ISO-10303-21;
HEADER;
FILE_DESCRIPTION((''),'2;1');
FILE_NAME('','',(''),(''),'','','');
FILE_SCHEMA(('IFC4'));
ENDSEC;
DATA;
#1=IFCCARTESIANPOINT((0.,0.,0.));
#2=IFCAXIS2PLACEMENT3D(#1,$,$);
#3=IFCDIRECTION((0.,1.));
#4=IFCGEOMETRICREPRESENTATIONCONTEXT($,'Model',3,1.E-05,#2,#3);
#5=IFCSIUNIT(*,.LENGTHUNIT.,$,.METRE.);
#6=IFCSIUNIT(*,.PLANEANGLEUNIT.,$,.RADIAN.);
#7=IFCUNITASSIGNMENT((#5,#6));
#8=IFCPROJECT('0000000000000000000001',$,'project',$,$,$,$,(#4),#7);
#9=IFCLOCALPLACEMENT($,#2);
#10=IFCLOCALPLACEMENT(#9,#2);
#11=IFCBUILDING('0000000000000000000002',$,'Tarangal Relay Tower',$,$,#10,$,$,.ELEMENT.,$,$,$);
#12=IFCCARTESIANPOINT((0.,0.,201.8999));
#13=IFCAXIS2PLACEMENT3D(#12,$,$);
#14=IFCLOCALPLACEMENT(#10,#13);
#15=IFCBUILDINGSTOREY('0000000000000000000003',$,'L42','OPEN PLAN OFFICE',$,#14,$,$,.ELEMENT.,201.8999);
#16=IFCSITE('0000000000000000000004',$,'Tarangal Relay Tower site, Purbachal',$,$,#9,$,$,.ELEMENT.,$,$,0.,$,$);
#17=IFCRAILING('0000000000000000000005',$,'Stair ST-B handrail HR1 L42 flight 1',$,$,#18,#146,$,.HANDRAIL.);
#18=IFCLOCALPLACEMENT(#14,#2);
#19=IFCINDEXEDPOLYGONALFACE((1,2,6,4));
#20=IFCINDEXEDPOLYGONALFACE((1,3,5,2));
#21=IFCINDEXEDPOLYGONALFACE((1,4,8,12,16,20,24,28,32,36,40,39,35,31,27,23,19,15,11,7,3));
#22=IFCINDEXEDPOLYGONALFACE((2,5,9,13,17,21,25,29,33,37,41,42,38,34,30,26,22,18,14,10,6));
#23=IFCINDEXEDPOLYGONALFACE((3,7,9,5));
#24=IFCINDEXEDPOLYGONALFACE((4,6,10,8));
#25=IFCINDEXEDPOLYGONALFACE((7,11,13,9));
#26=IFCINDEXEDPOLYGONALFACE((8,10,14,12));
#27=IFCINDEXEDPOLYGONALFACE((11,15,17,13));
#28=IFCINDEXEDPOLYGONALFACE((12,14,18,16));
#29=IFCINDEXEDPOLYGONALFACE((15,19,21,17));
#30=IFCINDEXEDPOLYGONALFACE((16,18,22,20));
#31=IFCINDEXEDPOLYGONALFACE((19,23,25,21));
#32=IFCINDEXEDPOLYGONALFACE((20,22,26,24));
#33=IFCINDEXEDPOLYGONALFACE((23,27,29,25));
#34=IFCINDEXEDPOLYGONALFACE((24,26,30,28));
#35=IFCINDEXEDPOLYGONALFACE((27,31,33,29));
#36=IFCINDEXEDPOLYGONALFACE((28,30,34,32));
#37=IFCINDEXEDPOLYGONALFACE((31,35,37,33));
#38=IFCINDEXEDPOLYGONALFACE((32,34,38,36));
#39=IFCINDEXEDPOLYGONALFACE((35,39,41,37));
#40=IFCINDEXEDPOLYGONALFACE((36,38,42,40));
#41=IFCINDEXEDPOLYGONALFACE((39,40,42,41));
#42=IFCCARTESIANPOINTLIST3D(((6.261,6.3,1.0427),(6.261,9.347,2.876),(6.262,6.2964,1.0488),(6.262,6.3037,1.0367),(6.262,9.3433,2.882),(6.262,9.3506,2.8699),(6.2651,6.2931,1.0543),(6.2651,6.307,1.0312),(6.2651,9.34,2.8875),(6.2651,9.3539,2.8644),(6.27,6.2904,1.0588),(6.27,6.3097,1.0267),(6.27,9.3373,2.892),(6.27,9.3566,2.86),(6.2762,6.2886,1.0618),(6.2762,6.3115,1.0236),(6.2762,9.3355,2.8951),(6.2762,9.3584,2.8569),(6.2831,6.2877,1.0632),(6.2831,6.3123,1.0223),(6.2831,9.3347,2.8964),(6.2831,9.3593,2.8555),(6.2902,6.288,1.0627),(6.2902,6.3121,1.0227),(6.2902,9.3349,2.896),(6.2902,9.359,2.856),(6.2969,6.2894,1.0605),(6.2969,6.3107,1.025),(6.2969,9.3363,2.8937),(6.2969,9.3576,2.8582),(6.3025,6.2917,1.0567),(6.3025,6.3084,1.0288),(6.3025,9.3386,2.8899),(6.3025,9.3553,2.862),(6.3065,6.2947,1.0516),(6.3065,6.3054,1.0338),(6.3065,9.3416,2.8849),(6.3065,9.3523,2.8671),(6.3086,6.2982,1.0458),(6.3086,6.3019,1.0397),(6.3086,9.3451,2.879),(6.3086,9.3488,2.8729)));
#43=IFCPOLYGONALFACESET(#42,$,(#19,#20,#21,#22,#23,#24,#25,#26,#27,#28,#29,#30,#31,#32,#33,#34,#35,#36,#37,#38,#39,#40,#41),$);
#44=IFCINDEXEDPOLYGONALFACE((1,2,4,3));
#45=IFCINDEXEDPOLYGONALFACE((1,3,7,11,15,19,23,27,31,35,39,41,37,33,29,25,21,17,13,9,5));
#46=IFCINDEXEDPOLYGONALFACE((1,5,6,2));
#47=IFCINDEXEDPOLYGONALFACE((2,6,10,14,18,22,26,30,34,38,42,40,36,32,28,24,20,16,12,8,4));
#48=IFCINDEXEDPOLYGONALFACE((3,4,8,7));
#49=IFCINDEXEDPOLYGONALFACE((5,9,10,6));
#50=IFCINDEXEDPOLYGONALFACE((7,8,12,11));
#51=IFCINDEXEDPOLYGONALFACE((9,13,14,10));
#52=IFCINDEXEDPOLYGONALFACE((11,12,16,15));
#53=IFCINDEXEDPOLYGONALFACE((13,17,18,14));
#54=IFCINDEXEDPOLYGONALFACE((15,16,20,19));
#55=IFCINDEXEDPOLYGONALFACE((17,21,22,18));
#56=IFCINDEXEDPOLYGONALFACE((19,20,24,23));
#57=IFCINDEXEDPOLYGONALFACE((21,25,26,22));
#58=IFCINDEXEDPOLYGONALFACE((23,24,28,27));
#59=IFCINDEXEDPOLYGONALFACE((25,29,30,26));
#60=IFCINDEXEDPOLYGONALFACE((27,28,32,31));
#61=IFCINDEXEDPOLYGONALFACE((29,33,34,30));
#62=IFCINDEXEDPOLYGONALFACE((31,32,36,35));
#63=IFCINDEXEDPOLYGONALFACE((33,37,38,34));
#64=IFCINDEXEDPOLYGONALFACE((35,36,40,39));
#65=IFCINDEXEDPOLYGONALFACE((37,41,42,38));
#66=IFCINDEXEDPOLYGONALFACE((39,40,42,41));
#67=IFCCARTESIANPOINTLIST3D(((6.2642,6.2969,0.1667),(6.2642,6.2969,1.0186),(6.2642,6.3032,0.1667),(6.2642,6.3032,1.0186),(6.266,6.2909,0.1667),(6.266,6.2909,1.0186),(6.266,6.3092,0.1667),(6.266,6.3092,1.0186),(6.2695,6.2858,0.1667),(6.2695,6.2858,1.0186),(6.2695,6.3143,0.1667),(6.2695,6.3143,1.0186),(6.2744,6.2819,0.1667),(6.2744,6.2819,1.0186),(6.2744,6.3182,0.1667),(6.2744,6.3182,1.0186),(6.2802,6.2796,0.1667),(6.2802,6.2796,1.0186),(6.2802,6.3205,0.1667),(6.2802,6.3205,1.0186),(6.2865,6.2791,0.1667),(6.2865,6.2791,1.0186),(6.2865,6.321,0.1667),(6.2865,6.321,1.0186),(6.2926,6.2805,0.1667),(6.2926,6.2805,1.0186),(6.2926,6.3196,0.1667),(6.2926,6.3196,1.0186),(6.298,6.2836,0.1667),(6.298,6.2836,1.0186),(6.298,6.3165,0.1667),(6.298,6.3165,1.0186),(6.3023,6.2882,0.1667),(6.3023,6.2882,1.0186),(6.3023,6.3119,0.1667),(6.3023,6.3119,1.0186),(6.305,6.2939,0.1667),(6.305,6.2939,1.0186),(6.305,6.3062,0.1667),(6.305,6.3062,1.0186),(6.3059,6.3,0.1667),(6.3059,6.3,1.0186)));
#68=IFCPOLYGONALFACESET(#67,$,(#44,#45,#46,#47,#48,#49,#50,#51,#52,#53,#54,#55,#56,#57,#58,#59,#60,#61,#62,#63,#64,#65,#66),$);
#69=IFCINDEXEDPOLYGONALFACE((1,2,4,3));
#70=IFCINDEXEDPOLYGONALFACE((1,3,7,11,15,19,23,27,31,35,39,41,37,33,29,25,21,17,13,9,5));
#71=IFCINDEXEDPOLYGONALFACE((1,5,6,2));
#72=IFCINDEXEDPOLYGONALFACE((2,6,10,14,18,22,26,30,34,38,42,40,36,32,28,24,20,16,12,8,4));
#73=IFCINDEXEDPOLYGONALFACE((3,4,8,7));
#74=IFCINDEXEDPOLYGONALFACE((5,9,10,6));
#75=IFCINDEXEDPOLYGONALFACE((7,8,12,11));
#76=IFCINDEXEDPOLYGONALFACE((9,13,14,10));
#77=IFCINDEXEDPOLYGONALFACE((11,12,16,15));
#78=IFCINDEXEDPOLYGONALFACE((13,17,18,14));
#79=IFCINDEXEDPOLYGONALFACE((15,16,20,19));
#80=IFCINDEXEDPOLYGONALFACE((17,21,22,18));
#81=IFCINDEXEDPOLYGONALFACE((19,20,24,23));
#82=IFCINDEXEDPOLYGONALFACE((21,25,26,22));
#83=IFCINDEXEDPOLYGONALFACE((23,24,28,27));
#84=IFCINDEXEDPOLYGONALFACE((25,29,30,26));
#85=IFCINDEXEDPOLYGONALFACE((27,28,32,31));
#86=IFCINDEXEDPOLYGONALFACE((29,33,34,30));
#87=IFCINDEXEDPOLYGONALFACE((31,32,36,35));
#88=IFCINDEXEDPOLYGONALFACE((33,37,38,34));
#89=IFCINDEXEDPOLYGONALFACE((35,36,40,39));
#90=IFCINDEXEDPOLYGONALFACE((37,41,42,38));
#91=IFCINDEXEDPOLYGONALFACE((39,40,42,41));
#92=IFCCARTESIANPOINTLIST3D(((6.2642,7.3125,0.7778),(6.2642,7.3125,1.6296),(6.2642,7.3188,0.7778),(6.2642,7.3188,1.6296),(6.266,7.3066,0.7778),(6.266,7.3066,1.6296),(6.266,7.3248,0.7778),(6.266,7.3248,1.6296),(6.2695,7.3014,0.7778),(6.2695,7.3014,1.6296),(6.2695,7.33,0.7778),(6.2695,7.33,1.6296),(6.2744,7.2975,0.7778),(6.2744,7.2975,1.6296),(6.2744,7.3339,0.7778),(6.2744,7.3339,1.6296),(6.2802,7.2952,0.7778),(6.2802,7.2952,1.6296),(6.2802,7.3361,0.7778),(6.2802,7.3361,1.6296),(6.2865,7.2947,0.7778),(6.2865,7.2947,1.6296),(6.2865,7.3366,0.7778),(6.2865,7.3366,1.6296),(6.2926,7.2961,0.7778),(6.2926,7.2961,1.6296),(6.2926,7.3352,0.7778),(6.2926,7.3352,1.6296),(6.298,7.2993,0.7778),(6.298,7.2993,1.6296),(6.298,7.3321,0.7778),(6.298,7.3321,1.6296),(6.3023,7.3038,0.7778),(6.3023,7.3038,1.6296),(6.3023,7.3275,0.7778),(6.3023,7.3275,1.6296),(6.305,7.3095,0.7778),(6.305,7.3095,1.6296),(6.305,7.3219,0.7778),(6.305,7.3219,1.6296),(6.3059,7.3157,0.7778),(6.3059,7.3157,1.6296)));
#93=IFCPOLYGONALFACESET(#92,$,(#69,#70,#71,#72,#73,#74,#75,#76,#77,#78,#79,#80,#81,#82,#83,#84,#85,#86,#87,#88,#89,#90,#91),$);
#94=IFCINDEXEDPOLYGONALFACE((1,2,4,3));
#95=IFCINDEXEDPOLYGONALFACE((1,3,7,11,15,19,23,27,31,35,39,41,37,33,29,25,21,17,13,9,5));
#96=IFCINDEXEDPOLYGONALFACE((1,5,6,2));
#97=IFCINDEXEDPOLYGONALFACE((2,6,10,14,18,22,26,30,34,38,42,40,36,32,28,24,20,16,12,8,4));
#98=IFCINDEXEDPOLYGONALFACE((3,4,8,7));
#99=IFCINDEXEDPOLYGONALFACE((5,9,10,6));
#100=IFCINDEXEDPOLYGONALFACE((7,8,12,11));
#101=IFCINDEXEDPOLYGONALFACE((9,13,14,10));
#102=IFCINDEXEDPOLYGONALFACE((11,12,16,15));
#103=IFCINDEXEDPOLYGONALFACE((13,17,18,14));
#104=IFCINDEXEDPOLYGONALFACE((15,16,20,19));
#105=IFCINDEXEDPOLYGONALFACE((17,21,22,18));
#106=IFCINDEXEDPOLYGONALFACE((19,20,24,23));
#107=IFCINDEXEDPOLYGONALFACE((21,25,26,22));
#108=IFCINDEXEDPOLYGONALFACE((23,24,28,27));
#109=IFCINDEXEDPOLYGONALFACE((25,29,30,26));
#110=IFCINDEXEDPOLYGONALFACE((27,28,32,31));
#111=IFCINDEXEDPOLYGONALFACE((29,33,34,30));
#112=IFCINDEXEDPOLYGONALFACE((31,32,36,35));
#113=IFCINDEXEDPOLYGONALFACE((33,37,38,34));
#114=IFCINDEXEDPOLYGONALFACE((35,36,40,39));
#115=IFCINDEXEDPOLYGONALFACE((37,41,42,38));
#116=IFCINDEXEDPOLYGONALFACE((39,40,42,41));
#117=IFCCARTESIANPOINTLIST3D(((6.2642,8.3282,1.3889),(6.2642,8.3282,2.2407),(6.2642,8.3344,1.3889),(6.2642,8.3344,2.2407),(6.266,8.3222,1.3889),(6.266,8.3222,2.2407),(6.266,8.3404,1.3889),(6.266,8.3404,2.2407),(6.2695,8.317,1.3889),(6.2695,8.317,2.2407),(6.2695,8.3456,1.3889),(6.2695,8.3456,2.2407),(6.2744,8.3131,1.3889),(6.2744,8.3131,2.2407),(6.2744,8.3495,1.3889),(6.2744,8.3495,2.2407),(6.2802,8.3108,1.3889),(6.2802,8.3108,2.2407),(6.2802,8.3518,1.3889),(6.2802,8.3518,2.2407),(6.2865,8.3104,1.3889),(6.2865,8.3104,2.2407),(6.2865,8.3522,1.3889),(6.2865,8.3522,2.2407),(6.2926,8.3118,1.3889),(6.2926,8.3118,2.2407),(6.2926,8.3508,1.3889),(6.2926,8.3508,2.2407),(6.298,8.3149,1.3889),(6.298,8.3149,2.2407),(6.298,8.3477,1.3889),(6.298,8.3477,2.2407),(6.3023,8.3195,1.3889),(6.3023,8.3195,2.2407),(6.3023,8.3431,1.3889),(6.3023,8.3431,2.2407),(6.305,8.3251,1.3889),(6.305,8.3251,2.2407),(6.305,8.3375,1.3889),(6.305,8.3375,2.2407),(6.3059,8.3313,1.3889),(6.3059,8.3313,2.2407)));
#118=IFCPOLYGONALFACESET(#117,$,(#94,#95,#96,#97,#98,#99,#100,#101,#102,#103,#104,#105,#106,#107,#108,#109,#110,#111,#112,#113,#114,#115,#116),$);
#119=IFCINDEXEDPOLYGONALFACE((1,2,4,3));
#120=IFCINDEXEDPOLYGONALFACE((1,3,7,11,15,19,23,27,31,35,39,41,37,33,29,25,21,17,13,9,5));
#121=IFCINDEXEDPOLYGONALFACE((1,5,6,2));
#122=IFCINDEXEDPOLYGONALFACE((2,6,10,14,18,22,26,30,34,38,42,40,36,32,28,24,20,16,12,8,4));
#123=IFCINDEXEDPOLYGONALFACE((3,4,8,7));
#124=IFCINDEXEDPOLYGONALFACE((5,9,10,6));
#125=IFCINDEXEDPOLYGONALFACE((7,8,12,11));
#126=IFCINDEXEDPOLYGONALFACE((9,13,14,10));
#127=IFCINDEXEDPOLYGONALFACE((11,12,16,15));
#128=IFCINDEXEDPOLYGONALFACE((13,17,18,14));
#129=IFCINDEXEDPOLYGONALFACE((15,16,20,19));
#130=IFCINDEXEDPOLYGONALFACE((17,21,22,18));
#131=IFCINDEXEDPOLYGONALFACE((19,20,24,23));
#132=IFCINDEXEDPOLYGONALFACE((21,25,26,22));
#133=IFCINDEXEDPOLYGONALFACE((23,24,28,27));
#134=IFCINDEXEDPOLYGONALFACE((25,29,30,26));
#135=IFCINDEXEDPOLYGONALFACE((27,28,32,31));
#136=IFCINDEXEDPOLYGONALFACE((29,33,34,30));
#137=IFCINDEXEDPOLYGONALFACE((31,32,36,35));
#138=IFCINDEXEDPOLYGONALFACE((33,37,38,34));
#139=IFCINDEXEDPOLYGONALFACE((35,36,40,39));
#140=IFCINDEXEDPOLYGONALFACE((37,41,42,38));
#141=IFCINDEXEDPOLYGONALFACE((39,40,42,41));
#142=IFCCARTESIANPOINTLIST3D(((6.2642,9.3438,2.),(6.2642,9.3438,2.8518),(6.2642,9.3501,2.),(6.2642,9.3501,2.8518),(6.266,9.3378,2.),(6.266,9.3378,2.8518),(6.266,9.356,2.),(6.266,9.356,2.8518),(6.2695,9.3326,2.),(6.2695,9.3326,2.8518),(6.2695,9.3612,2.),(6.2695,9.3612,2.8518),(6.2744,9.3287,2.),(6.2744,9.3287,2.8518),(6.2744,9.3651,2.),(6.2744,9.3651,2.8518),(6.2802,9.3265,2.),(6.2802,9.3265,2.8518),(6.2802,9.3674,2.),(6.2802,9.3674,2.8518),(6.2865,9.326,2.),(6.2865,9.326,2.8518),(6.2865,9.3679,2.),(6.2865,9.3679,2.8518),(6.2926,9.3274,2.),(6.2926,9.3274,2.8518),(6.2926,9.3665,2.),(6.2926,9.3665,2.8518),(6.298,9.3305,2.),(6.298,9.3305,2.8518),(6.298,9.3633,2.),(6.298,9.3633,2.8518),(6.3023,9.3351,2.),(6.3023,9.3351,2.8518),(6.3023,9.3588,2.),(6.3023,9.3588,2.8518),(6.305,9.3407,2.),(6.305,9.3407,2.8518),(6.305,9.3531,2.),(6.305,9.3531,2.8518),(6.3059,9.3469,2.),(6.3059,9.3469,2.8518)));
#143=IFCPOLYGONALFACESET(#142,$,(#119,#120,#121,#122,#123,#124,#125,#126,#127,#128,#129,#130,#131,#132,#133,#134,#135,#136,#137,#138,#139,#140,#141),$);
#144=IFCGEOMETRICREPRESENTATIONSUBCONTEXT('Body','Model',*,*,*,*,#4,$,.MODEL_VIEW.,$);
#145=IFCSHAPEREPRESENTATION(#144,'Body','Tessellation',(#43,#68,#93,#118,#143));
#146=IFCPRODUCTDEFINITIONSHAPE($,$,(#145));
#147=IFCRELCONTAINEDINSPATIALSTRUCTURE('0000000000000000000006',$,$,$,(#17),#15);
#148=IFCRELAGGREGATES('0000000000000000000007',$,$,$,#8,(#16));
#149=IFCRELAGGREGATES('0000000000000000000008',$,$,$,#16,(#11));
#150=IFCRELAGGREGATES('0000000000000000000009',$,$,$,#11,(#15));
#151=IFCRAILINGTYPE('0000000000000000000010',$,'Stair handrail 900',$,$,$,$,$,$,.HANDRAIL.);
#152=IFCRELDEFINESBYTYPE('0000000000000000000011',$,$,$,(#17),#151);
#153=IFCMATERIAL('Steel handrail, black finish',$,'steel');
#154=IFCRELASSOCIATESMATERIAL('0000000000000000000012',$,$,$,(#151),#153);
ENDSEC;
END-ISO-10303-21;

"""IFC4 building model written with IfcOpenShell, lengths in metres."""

from ifc_helpers import new_model, si_unit, direction, frame, origin, origin_2d, place, context, subcontext, project, spatial, circle, extrude, material, type_object, element, save


model = new_model("IFC4")

# Units and contexts
model_context = context("Model", 3, precision=1e-05, world=origin(), true_north=direction((0.0, 1.0)))
body_context = subcontext(model_context, "Body", "Model", "MODEL_VIEW")
ifc_project = project(units=[si_unit("LENGTHUNIT", "METRE"), si_unit("PLANEANGLEUNIT", "RADIAN")], contexts=[model_context])

# Site, building, storey
site_placement = place(None, origin())
site = spatial("IfcSite", under=ifc_project, at=site_placement, Name="Tarangal Relay Tower site, Purbachal", CompositionType="ELEMENT", RefElevation=0.0)
building_placement = place(site_placement, origin())
building = spatial("IfcBuilding", under=site, at=building_placement, Name="Tarangal Relay Tower", CompositionType="ELEMENT")
storey_placement = place(building_placement, frame((0.0, 0.0, 201.8999)))
storey = spatial("IfcBuildingStorey", under=building, at=storey_placement, Name="L42", Description="OPEN PLAN OFFICE", CompositionType="ELEMENT", Elevation=201.8999)

# Railing
ifc_material_1 = material(Name="Steel handrail, black finish", Category="steel")
railing_type_1 = type_object("IfcRailingType", Name="Stair handrail 900", PredefinedType="HANDRAIL", material=ifc_material_1)
railing_1_placement = place(storey_placement, frame((6.2849, 6.3, 0.1667)))
element("IfcRailing", 1, at=railing_1_placement, inside=storey, type_object=railing_type_1, Name="Stair ST-B handrail HR1 L42 flight 1", PredefinedType="HANDRAIL", context=body_context, shape_type="SweptSolid", body=[
    extrude(circle(Radius=0.0239, at=origin_2d()), frame((0.0, 0.0, 0.876), z_axis=(0.0, 0.856856, 0.515556), x_axis=(-1.0, 0.0, 0.0)), (0.0, 0.0, 1.0), 3.5559),
    extrude(circle(Radius=0.021, at=origin_2d()), origin(), (0.0, 0.0, 1.0), 0.8518),
    extrude(circle(Radius=0.021, at=origin_2d()), frame((0.0, 1.0156, 0.6111)), (0.0, 0.0, 1.0), 0.8518),
    extrude(circle(Radius=0.021, at=origin_2d()), frame((0.0, 2.0312, 1.2222)), (0.0, 0.0, 1.0), 0.8518),
    extrude(circle(Radius=0.021, at=origin_2d()), frame((0.0, 3.0469, 1.8333)), (0.0, 0.0, 1.0), 0.8518),
])

save(model, "model.ifc")
